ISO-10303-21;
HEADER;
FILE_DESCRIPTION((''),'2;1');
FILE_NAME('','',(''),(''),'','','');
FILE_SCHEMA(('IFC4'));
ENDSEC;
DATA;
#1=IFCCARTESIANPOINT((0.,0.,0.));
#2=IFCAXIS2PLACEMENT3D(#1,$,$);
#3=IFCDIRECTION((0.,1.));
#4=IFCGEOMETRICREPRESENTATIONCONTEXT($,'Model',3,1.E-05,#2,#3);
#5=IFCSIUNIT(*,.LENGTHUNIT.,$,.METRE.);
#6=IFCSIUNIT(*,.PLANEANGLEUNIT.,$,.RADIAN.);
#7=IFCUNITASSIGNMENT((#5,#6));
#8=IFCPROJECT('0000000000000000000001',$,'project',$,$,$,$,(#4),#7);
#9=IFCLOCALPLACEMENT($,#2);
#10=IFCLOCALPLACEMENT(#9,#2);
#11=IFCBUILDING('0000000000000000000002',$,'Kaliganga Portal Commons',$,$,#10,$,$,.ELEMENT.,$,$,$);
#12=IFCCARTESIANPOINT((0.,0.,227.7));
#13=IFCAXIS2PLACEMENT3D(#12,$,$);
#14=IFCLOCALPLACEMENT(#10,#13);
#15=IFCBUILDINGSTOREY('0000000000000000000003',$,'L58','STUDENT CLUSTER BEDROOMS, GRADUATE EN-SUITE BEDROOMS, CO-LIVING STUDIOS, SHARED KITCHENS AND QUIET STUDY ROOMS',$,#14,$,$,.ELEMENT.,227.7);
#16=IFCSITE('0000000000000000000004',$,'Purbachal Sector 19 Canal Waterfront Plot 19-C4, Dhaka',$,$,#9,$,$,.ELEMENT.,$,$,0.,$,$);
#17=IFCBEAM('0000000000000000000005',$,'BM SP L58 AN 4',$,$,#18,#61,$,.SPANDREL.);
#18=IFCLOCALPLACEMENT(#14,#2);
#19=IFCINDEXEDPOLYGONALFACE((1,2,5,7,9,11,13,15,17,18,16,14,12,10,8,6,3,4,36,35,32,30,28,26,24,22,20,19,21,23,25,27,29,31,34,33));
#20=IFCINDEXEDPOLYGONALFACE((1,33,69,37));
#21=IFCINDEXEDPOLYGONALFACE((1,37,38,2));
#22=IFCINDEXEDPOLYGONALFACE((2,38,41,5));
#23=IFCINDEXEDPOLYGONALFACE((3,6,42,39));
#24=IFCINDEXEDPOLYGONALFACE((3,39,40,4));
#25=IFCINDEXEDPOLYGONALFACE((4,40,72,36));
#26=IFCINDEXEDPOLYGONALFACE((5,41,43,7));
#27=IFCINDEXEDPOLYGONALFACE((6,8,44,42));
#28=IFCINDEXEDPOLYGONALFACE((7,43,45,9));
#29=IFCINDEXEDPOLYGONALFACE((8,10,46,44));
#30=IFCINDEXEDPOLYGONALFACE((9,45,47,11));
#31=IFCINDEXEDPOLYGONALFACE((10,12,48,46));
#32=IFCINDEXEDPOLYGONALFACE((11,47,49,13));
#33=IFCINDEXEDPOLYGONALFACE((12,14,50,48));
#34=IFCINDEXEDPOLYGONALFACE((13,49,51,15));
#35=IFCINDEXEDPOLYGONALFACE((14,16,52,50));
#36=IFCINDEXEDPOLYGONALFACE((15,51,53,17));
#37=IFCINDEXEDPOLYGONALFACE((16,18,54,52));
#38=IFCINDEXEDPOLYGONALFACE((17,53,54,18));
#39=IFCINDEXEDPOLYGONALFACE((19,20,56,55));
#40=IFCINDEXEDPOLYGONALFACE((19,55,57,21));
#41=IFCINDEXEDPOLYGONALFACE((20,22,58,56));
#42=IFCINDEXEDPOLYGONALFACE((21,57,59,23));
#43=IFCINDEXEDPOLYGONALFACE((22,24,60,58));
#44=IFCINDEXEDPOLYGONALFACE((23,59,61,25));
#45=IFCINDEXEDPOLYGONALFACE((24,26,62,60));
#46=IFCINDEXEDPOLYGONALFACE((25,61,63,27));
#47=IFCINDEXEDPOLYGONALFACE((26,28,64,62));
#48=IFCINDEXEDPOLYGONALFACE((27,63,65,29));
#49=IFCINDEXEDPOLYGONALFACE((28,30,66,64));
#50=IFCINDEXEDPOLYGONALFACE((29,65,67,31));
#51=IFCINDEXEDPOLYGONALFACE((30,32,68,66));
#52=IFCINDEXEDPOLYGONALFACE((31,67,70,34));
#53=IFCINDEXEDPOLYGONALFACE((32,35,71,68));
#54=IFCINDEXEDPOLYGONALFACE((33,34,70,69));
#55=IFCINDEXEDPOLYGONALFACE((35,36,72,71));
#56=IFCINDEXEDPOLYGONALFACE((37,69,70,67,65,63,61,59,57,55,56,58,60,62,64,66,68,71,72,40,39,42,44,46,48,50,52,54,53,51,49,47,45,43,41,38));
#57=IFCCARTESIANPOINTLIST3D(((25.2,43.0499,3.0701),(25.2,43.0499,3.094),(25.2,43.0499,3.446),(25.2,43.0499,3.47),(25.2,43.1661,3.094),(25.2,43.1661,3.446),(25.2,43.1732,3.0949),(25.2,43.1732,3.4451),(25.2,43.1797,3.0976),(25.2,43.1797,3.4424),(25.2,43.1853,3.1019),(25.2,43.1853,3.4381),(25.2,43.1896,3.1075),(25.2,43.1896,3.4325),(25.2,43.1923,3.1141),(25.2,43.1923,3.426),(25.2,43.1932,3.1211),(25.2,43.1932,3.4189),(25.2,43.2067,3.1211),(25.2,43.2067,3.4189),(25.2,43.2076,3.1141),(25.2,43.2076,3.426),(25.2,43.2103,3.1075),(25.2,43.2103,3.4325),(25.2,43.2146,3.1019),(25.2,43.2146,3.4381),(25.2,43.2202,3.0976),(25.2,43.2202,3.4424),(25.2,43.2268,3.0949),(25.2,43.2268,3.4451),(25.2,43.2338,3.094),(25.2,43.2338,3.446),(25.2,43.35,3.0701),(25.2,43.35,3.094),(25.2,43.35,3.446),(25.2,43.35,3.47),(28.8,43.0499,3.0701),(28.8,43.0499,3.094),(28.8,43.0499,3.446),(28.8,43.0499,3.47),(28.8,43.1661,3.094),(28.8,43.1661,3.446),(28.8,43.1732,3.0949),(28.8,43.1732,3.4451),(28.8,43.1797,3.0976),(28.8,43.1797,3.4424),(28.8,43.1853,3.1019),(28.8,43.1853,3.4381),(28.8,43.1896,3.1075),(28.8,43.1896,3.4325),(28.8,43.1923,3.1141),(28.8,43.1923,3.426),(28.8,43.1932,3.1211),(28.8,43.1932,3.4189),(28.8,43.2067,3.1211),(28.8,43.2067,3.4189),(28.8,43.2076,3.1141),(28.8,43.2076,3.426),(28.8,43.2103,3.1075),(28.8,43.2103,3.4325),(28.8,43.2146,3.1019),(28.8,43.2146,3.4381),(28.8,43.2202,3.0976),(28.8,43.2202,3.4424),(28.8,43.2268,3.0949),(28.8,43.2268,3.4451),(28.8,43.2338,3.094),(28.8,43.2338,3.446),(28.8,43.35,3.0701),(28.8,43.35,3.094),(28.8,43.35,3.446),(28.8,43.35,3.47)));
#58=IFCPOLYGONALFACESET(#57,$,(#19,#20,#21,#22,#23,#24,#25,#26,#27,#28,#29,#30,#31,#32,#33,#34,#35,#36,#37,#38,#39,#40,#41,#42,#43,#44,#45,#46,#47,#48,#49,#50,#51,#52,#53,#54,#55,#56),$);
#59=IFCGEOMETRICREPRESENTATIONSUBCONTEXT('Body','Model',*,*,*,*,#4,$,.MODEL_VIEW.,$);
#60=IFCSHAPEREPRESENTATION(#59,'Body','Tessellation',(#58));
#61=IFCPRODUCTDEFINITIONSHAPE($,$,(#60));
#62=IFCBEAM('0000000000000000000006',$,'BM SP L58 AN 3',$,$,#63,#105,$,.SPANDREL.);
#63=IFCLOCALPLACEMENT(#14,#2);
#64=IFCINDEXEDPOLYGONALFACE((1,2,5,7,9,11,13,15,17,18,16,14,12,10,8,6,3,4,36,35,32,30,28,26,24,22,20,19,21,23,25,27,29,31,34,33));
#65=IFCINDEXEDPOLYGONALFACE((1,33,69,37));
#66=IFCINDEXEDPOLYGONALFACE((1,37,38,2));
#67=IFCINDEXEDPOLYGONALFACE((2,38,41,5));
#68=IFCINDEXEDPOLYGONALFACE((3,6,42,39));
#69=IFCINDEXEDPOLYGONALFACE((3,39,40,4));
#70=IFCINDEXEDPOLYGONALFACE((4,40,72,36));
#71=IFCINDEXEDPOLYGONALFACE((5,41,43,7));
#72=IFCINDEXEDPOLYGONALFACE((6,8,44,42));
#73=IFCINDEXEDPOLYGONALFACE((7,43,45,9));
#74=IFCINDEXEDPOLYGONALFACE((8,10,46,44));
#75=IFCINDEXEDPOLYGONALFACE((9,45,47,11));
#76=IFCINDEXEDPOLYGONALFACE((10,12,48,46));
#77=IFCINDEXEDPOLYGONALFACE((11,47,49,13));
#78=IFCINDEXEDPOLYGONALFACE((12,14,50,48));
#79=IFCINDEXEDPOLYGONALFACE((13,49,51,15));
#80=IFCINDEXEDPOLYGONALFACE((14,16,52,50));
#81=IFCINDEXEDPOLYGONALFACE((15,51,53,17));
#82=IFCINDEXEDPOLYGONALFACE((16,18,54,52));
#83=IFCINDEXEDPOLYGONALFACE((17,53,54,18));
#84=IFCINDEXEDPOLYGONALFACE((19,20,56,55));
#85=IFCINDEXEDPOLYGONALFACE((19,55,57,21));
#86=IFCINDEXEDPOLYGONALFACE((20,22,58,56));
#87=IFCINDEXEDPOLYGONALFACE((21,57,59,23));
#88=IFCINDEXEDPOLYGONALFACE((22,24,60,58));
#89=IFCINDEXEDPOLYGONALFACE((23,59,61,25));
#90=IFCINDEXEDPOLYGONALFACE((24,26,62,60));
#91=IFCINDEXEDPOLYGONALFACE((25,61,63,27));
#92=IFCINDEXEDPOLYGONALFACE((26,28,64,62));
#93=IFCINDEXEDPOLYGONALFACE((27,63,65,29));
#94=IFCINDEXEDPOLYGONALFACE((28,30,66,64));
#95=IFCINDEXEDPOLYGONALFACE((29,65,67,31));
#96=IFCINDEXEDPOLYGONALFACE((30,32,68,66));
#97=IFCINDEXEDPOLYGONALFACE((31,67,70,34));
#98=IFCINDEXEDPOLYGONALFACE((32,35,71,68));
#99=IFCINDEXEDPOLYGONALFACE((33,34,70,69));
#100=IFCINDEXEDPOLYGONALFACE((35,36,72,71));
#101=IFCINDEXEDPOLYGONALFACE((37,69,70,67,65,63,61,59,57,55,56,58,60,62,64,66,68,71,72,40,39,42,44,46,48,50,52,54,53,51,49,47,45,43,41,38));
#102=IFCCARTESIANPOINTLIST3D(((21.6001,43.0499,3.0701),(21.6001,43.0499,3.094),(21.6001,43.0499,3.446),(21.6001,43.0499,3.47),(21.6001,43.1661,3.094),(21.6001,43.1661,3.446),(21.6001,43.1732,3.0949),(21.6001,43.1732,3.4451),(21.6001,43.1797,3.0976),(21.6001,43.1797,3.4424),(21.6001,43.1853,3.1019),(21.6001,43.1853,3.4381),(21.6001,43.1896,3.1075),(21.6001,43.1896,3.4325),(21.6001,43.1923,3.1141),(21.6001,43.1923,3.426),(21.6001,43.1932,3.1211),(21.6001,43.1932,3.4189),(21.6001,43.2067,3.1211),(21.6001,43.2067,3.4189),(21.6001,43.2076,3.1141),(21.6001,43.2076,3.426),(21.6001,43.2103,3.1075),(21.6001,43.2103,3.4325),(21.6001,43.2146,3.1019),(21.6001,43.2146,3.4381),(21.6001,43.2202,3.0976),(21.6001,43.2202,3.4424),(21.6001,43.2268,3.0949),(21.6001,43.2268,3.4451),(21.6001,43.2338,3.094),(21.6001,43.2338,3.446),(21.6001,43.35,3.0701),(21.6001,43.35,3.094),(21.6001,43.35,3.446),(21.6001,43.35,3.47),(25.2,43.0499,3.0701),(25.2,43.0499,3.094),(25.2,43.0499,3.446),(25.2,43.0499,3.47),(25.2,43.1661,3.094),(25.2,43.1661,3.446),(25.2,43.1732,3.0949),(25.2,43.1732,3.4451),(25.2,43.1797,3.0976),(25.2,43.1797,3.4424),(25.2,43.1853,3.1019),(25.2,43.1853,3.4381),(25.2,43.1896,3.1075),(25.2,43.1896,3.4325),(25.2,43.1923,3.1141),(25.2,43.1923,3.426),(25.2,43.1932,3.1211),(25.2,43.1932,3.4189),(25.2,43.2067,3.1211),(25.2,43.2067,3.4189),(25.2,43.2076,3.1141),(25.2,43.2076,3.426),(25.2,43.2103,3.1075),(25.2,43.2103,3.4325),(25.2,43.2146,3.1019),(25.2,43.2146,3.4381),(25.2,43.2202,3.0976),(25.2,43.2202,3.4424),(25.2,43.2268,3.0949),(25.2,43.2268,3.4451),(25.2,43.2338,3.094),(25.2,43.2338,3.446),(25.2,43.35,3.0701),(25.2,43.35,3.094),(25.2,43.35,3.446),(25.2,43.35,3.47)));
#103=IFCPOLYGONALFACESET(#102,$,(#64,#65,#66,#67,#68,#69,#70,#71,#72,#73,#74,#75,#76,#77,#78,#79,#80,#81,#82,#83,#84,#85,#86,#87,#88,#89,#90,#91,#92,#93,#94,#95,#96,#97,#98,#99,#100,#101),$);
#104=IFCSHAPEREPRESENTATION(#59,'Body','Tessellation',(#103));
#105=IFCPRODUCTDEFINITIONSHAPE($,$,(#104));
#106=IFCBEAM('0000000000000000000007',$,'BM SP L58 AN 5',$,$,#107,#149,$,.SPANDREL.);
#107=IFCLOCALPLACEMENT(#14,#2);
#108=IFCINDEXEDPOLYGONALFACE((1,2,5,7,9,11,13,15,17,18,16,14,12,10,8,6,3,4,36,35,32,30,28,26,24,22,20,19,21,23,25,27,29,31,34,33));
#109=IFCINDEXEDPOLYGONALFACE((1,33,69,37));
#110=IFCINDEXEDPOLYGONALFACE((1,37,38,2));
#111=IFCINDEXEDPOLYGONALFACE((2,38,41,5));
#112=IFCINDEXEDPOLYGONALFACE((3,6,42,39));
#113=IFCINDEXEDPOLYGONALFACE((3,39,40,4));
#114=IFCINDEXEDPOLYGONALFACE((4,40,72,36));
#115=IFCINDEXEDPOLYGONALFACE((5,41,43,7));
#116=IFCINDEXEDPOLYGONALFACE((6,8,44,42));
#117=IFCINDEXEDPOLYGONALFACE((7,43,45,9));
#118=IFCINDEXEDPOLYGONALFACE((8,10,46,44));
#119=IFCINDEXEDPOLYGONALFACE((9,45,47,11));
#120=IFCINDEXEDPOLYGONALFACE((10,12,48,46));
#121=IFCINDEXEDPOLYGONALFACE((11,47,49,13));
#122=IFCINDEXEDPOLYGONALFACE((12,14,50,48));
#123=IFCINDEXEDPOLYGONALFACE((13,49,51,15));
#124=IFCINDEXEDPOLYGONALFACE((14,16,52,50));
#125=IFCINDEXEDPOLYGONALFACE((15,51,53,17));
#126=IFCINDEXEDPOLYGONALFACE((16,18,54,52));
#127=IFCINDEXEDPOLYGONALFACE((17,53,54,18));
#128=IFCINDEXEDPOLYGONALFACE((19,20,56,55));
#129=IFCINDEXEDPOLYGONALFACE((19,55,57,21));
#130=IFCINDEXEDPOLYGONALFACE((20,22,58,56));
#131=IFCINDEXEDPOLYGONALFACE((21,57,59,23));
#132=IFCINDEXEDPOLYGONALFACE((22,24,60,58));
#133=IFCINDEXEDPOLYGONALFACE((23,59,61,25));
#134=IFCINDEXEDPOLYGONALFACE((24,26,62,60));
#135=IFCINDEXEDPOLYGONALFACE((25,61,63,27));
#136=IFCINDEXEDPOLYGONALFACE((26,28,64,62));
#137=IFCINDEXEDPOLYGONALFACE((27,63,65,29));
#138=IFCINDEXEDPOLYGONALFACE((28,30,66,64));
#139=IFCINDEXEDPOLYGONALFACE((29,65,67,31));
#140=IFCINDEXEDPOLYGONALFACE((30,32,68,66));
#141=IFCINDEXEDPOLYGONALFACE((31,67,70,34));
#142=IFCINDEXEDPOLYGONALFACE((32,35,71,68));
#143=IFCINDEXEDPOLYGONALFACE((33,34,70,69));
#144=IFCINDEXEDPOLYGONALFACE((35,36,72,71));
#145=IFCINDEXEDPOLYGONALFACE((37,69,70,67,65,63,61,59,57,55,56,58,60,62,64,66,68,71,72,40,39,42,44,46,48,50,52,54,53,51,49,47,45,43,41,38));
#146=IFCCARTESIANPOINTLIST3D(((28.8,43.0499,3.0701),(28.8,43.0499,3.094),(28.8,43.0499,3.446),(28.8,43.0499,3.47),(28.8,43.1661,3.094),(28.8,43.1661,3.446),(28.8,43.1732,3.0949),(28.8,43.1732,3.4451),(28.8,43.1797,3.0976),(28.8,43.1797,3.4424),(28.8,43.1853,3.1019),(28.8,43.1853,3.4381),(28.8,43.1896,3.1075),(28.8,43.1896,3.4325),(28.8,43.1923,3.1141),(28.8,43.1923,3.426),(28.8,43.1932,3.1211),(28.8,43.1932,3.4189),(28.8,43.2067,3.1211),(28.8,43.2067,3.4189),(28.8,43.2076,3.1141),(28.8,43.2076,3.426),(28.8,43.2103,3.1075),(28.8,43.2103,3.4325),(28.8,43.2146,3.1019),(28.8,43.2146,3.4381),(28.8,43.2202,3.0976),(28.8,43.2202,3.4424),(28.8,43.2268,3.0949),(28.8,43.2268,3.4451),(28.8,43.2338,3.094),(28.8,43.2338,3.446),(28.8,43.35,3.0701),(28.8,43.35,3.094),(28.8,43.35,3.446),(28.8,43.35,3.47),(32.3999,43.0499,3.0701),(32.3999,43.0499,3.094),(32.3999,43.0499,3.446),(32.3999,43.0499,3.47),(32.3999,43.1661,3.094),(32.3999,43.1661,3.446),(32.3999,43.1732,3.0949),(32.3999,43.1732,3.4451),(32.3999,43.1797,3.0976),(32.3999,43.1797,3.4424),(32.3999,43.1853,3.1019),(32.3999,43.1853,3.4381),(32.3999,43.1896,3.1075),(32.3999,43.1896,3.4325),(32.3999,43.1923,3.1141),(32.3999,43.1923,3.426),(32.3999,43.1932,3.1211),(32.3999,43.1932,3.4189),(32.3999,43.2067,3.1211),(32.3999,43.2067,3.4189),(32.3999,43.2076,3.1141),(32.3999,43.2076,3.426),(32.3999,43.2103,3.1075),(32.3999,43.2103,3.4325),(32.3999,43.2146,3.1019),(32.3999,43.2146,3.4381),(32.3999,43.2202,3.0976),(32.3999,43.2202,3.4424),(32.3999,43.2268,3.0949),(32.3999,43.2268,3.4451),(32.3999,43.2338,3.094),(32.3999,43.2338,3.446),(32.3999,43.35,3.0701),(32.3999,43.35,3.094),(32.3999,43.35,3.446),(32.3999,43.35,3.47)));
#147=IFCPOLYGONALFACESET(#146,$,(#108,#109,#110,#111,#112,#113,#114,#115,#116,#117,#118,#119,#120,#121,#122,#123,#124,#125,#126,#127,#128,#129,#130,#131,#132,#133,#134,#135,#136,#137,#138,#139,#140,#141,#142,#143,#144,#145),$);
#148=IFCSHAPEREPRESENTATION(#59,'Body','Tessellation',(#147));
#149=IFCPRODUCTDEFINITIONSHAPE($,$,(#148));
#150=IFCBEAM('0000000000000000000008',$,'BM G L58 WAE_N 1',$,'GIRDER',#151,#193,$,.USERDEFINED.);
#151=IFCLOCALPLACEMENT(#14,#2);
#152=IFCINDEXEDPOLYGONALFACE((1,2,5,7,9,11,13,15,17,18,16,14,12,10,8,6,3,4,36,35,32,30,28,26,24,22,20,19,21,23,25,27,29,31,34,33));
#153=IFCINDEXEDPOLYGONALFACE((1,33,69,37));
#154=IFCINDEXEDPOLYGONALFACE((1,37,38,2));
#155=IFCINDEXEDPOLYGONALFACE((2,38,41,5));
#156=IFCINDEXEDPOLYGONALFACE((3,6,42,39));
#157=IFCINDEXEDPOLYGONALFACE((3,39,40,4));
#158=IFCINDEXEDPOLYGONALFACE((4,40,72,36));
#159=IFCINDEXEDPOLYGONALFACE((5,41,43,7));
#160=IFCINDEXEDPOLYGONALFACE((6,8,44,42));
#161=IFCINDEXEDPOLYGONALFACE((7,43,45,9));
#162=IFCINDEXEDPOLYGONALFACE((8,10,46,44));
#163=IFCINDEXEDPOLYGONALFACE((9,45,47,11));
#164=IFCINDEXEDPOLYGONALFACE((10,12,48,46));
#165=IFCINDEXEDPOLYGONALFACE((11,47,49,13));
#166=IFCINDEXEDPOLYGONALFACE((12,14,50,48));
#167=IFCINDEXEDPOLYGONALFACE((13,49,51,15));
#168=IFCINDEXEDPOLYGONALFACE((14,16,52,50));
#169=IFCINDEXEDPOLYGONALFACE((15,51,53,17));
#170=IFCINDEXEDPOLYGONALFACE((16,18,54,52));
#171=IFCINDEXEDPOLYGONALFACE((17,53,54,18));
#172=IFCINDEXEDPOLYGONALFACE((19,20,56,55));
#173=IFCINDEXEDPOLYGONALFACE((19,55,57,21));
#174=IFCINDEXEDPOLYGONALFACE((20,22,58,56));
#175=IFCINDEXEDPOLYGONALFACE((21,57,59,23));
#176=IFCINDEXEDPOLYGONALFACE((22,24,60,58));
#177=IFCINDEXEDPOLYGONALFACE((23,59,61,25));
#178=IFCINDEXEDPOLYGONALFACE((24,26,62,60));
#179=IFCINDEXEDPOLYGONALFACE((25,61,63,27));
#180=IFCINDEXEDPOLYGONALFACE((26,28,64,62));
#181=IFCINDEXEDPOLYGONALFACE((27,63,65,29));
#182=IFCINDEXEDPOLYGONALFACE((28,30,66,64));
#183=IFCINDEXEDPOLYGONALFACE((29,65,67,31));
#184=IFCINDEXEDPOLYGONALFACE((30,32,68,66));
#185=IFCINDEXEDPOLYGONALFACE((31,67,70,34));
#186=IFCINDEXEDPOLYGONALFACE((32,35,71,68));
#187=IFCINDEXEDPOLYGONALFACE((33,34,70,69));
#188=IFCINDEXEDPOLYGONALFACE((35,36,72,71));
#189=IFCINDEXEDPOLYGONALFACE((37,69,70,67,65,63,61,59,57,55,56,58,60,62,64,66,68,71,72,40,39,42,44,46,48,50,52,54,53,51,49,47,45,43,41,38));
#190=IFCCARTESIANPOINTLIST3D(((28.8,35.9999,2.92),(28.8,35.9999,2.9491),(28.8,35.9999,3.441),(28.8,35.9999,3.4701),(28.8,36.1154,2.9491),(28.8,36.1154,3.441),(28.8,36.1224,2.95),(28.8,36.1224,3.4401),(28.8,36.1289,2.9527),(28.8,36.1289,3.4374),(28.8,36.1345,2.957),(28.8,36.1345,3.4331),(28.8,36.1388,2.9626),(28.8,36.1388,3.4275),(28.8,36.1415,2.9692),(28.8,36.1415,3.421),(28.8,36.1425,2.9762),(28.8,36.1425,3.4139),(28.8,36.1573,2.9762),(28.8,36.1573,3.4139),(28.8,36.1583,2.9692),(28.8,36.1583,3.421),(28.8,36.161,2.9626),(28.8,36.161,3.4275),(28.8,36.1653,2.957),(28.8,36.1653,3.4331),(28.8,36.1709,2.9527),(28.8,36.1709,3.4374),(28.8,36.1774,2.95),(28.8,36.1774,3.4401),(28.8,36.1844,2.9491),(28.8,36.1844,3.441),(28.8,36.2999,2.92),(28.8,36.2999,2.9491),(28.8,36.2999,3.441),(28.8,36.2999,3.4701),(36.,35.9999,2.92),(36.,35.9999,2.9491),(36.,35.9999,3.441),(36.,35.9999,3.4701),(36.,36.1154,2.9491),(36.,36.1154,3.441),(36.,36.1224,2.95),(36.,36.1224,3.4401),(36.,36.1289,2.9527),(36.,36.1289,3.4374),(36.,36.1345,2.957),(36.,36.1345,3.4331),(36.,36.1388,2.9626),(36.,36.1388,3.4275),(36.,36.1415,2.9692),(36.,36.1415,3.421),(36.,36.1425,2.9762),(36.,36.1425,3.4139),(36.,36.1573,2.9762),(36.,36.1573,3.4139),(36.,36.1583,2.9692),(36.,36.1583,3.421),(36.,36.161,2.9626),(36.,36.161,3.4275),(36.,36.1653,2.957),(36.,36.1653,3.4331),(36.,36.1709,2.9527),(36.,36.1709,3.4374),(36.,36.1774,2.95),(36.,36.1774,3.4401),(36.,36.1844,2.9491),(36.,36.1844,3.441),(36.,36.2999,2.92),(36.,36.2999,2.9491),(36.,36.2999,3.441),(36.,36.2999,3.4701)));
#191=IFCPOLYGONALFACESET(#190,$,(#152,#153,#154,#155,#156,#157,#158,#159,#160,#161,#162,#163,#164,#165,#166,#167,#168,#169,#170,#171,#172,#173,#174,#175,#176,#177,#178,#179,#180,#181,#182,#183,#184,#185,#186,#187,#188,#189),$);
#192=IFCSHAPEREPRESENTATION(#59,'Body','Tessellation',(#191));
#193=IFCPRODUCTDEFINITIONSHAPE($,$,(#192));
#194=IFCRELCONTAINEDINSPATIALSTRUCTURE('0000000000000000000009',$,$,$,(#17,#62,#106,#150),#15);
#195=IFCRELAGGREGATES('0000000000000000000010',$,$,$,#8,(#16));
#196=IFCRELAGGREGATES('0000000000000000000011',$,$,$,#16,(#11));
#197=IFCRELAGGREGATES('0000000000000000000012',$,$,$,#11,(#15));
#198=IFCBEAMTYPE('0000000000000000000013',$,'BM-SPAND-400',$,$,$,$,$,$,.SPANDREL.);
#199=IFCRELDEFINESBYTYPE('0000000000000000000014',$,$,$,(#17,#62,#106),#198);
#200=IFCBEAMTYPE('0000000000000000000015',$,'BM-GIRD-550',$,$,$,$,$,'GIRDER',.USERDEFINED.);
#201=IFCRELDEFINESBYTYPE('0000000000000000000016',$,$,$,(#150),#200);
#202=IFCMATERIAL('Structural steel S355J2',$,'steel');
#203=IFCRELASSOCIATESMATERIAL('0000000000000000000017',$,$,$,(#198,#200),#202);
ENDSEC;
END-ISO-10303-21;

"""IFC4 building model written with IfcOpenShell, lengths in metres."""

from ifc_helpers import new_model, si_unit, direction, frame, origin, origin_2d, place, context, subcontext, project, spatial, i_section, extrude, source, transform, mapped, material, material_profile, profile_set, type_object, element, save


model = new_model("IFC4")

# Units and contexts
model_context = context("Model", 3, precision=1e-05, world=origin(), true_north=direction((0.0, 1.0)))
body_context = subcontext(model_context, "Body", "Model", "MODEL_VIEW")
ifc_project = project(units=[si_unit("LENGTHUNIT", "METRE"), si_unit("PLANEANGLEUNIT", "RADIAN")], contexts=[model_context])

# Site, building, storey
site_placement = place(None, origin())
site = spatial("IfcSite", under=ifc_project, at=site_placement, Name="Purbachal Sector 19 Canal Waterfront Plot 19-C4, Dhaka", CompositionType="ELEMENT", RefElevation=0.0)
building_placement = place(site_placement, origin())
building = spatial("IfcBuilding", under=site, at=building_placement, Name="Kaliganga Portal Commons", CompositionType="ELEMENT")
storey_placement = place(building_placement, frame((0.0, 0.0, 227.7)))
storey = spatial("IfcBuildingStorey", under=building, at=storey_placement, Name="L58", Description="STUDENT CLUSTER BEDROOMS, GRADUATE EN-SUITE BEDROOMS, CO-LIVING STUDIOS, SHARED KITCHENS AND QUIET STUDY ROOMS", CompositionType="ELEMENT", Elevation=227.7)

# Shared definitions
ifc_material_1 = material(Name="Structural steel S355J2", Category="steel")

# Beams
ifc_material_profile_1 = material_profile(ifc_material_1, i_section(OverallWidth=0.3, OverallDepth=0.3999, WebThickness=0.0134, FlangeThickness=0.0239, FilletRadius=0.0271, at=origin_2d()), Name="HE 400 B")
ifc_profile_set_1 = profile_set([ifc_material_profile_1], Name="Structural steel S355J2 wide-flange")
beam_type_1 = type_object("IfcBeamType", Name="BM-SPAND-400", PredefinedType="SPANDREL", material=ifc_profile_set_1)
shared_shape_1 = source(origin(), body_context, "Body", "SweptSolid", [
    extrude(i_section(OverallWidth=0.3, OverallDepth=0.3999, WebThickness=0.0134, FlangeThickness=0.0239, FilletRadius=0.0271, at=origin_2d()), origin(), (0.0, 0.0, 1.0), 3.6001),
])
beam_1_placement = place(storey_placement, frame((25.2, 43.2, 3.27), z_axis=(1.0, 0.0, 0.0), x_axis=(0.0, 1.0, 0.0)))
element("IfcBeam", 1, at=beam_1_placement, inside=storey, type_object=beam_type_1, Name="BM SP L58 AN 4", PredefinedType="SPANDREL", context=body_context, shape_type="MappedRepresentation", body=[
    mapped(shared_shape_1, transform((0.0, 0.0, 0.0), x_axis=(1.0, 0.0, 0.0), y_axis=(0.0, 1.0, 0.0), z_axis=(0.0, 0.0, 1.0), scale=1.0)),
])
shared_shape_2 = source(origin(), body_context, "Body", "SweptSolid", [
    extrude(i_section(OverallWidth=0.3, OverallDepth=0.3999, WebThickness=0.0134, FlangeThickness=0.0239, FilletRadius=0.0271, at=origin_2d()), origin(), (0.0, 0.0, 1.0), 3.5999),
])
for number, where, z_axis, x_axis, name in (
    (2, (21.6001, 43.2, 3.27), (1.0, 0.0, 0.0), (0.0, 1.0, 0.0), "BM SP L58 AN 3"),
    (3, (28.8, 43.2, 3.27), (1.0, 0.0, 0.0), (0.0, 1.0, 0.0), "BM SP L58 AN 5"),
):
    element("IfcBeam", number, at=place(storey_placement, frame(where, z_axis=z_axis, x_axis=x_axis)), inside=storey, type_object=beam_type_1, Name=name, PredefinedType="SPANDREL", context=body_context, shape_type="MappedRepresentation", body=[
        mapped(shared_shape_2, transform((0.0, 0.0, 0.0), x_axis=(1.0, 0.0, 0.0), y_axis=(0.0, 1.0, 0.0), z_axis=(0.0, 0.0, 1.0), scale=1.0)),
    ])
ifc_material_profile_2 = material_profile(ifc_material_1, i_section(OverallWidth=0.3, OverallDepth=0.55, WebThickness=0.0149, FlangeThickness=0.0291, FilletRadius=0.0271, at=origin_2d()), Name="HE 550 B")
ifc_profile_set_2 = profile_set([ifc_material_profile_2], Name="Structural steel S355J2 wide-flange")
beam_type_2 = type_object("IfcBeamType", Name="BM-GIRD-550", ElementType="GIRDER", PredefinedType="USERDEFINED", material=ifc_profile_set_2)
shared_shape_3 = source(origin(), body_context, "Body", "SweptSolid", [
    extrude(i_section(OverallWidth=0.3, OverallDepth=0.55, WebThickness=0.0149, FlangeThickness=0.0291, FilletRadius=0.0271, at=origin_2d()), origin(), (0.0, 0.0, 1.0), 7.2),
])
beam_2_placement = place(storey_placement, frame((28.8, 36.1499, 3.1951), z_axis=(1.0, 0.0, 0.0), x_axis=(0.0, 1.0, 0.0)))
element("IfcBeam", 4, at=beam_2_placement, inside=storey, type_object=beam_type_2, Name="BM G L58 WAE_N 1", ObjectType="GIRDER", PredefinedType="USERDEFINED", context=body_context, shape_type="MappedRepresentation", body=[
    mapped(shared_shape_3, transform((0.0, 0.0, 0.0), x_axis=(1.0, 0.0, 0.0), y_axis=(0.0, 1.0, 0.0), z_axis=(0.0, 0.0, 1.0), scale=1.0)),
])

save(model, "model.ifc")
